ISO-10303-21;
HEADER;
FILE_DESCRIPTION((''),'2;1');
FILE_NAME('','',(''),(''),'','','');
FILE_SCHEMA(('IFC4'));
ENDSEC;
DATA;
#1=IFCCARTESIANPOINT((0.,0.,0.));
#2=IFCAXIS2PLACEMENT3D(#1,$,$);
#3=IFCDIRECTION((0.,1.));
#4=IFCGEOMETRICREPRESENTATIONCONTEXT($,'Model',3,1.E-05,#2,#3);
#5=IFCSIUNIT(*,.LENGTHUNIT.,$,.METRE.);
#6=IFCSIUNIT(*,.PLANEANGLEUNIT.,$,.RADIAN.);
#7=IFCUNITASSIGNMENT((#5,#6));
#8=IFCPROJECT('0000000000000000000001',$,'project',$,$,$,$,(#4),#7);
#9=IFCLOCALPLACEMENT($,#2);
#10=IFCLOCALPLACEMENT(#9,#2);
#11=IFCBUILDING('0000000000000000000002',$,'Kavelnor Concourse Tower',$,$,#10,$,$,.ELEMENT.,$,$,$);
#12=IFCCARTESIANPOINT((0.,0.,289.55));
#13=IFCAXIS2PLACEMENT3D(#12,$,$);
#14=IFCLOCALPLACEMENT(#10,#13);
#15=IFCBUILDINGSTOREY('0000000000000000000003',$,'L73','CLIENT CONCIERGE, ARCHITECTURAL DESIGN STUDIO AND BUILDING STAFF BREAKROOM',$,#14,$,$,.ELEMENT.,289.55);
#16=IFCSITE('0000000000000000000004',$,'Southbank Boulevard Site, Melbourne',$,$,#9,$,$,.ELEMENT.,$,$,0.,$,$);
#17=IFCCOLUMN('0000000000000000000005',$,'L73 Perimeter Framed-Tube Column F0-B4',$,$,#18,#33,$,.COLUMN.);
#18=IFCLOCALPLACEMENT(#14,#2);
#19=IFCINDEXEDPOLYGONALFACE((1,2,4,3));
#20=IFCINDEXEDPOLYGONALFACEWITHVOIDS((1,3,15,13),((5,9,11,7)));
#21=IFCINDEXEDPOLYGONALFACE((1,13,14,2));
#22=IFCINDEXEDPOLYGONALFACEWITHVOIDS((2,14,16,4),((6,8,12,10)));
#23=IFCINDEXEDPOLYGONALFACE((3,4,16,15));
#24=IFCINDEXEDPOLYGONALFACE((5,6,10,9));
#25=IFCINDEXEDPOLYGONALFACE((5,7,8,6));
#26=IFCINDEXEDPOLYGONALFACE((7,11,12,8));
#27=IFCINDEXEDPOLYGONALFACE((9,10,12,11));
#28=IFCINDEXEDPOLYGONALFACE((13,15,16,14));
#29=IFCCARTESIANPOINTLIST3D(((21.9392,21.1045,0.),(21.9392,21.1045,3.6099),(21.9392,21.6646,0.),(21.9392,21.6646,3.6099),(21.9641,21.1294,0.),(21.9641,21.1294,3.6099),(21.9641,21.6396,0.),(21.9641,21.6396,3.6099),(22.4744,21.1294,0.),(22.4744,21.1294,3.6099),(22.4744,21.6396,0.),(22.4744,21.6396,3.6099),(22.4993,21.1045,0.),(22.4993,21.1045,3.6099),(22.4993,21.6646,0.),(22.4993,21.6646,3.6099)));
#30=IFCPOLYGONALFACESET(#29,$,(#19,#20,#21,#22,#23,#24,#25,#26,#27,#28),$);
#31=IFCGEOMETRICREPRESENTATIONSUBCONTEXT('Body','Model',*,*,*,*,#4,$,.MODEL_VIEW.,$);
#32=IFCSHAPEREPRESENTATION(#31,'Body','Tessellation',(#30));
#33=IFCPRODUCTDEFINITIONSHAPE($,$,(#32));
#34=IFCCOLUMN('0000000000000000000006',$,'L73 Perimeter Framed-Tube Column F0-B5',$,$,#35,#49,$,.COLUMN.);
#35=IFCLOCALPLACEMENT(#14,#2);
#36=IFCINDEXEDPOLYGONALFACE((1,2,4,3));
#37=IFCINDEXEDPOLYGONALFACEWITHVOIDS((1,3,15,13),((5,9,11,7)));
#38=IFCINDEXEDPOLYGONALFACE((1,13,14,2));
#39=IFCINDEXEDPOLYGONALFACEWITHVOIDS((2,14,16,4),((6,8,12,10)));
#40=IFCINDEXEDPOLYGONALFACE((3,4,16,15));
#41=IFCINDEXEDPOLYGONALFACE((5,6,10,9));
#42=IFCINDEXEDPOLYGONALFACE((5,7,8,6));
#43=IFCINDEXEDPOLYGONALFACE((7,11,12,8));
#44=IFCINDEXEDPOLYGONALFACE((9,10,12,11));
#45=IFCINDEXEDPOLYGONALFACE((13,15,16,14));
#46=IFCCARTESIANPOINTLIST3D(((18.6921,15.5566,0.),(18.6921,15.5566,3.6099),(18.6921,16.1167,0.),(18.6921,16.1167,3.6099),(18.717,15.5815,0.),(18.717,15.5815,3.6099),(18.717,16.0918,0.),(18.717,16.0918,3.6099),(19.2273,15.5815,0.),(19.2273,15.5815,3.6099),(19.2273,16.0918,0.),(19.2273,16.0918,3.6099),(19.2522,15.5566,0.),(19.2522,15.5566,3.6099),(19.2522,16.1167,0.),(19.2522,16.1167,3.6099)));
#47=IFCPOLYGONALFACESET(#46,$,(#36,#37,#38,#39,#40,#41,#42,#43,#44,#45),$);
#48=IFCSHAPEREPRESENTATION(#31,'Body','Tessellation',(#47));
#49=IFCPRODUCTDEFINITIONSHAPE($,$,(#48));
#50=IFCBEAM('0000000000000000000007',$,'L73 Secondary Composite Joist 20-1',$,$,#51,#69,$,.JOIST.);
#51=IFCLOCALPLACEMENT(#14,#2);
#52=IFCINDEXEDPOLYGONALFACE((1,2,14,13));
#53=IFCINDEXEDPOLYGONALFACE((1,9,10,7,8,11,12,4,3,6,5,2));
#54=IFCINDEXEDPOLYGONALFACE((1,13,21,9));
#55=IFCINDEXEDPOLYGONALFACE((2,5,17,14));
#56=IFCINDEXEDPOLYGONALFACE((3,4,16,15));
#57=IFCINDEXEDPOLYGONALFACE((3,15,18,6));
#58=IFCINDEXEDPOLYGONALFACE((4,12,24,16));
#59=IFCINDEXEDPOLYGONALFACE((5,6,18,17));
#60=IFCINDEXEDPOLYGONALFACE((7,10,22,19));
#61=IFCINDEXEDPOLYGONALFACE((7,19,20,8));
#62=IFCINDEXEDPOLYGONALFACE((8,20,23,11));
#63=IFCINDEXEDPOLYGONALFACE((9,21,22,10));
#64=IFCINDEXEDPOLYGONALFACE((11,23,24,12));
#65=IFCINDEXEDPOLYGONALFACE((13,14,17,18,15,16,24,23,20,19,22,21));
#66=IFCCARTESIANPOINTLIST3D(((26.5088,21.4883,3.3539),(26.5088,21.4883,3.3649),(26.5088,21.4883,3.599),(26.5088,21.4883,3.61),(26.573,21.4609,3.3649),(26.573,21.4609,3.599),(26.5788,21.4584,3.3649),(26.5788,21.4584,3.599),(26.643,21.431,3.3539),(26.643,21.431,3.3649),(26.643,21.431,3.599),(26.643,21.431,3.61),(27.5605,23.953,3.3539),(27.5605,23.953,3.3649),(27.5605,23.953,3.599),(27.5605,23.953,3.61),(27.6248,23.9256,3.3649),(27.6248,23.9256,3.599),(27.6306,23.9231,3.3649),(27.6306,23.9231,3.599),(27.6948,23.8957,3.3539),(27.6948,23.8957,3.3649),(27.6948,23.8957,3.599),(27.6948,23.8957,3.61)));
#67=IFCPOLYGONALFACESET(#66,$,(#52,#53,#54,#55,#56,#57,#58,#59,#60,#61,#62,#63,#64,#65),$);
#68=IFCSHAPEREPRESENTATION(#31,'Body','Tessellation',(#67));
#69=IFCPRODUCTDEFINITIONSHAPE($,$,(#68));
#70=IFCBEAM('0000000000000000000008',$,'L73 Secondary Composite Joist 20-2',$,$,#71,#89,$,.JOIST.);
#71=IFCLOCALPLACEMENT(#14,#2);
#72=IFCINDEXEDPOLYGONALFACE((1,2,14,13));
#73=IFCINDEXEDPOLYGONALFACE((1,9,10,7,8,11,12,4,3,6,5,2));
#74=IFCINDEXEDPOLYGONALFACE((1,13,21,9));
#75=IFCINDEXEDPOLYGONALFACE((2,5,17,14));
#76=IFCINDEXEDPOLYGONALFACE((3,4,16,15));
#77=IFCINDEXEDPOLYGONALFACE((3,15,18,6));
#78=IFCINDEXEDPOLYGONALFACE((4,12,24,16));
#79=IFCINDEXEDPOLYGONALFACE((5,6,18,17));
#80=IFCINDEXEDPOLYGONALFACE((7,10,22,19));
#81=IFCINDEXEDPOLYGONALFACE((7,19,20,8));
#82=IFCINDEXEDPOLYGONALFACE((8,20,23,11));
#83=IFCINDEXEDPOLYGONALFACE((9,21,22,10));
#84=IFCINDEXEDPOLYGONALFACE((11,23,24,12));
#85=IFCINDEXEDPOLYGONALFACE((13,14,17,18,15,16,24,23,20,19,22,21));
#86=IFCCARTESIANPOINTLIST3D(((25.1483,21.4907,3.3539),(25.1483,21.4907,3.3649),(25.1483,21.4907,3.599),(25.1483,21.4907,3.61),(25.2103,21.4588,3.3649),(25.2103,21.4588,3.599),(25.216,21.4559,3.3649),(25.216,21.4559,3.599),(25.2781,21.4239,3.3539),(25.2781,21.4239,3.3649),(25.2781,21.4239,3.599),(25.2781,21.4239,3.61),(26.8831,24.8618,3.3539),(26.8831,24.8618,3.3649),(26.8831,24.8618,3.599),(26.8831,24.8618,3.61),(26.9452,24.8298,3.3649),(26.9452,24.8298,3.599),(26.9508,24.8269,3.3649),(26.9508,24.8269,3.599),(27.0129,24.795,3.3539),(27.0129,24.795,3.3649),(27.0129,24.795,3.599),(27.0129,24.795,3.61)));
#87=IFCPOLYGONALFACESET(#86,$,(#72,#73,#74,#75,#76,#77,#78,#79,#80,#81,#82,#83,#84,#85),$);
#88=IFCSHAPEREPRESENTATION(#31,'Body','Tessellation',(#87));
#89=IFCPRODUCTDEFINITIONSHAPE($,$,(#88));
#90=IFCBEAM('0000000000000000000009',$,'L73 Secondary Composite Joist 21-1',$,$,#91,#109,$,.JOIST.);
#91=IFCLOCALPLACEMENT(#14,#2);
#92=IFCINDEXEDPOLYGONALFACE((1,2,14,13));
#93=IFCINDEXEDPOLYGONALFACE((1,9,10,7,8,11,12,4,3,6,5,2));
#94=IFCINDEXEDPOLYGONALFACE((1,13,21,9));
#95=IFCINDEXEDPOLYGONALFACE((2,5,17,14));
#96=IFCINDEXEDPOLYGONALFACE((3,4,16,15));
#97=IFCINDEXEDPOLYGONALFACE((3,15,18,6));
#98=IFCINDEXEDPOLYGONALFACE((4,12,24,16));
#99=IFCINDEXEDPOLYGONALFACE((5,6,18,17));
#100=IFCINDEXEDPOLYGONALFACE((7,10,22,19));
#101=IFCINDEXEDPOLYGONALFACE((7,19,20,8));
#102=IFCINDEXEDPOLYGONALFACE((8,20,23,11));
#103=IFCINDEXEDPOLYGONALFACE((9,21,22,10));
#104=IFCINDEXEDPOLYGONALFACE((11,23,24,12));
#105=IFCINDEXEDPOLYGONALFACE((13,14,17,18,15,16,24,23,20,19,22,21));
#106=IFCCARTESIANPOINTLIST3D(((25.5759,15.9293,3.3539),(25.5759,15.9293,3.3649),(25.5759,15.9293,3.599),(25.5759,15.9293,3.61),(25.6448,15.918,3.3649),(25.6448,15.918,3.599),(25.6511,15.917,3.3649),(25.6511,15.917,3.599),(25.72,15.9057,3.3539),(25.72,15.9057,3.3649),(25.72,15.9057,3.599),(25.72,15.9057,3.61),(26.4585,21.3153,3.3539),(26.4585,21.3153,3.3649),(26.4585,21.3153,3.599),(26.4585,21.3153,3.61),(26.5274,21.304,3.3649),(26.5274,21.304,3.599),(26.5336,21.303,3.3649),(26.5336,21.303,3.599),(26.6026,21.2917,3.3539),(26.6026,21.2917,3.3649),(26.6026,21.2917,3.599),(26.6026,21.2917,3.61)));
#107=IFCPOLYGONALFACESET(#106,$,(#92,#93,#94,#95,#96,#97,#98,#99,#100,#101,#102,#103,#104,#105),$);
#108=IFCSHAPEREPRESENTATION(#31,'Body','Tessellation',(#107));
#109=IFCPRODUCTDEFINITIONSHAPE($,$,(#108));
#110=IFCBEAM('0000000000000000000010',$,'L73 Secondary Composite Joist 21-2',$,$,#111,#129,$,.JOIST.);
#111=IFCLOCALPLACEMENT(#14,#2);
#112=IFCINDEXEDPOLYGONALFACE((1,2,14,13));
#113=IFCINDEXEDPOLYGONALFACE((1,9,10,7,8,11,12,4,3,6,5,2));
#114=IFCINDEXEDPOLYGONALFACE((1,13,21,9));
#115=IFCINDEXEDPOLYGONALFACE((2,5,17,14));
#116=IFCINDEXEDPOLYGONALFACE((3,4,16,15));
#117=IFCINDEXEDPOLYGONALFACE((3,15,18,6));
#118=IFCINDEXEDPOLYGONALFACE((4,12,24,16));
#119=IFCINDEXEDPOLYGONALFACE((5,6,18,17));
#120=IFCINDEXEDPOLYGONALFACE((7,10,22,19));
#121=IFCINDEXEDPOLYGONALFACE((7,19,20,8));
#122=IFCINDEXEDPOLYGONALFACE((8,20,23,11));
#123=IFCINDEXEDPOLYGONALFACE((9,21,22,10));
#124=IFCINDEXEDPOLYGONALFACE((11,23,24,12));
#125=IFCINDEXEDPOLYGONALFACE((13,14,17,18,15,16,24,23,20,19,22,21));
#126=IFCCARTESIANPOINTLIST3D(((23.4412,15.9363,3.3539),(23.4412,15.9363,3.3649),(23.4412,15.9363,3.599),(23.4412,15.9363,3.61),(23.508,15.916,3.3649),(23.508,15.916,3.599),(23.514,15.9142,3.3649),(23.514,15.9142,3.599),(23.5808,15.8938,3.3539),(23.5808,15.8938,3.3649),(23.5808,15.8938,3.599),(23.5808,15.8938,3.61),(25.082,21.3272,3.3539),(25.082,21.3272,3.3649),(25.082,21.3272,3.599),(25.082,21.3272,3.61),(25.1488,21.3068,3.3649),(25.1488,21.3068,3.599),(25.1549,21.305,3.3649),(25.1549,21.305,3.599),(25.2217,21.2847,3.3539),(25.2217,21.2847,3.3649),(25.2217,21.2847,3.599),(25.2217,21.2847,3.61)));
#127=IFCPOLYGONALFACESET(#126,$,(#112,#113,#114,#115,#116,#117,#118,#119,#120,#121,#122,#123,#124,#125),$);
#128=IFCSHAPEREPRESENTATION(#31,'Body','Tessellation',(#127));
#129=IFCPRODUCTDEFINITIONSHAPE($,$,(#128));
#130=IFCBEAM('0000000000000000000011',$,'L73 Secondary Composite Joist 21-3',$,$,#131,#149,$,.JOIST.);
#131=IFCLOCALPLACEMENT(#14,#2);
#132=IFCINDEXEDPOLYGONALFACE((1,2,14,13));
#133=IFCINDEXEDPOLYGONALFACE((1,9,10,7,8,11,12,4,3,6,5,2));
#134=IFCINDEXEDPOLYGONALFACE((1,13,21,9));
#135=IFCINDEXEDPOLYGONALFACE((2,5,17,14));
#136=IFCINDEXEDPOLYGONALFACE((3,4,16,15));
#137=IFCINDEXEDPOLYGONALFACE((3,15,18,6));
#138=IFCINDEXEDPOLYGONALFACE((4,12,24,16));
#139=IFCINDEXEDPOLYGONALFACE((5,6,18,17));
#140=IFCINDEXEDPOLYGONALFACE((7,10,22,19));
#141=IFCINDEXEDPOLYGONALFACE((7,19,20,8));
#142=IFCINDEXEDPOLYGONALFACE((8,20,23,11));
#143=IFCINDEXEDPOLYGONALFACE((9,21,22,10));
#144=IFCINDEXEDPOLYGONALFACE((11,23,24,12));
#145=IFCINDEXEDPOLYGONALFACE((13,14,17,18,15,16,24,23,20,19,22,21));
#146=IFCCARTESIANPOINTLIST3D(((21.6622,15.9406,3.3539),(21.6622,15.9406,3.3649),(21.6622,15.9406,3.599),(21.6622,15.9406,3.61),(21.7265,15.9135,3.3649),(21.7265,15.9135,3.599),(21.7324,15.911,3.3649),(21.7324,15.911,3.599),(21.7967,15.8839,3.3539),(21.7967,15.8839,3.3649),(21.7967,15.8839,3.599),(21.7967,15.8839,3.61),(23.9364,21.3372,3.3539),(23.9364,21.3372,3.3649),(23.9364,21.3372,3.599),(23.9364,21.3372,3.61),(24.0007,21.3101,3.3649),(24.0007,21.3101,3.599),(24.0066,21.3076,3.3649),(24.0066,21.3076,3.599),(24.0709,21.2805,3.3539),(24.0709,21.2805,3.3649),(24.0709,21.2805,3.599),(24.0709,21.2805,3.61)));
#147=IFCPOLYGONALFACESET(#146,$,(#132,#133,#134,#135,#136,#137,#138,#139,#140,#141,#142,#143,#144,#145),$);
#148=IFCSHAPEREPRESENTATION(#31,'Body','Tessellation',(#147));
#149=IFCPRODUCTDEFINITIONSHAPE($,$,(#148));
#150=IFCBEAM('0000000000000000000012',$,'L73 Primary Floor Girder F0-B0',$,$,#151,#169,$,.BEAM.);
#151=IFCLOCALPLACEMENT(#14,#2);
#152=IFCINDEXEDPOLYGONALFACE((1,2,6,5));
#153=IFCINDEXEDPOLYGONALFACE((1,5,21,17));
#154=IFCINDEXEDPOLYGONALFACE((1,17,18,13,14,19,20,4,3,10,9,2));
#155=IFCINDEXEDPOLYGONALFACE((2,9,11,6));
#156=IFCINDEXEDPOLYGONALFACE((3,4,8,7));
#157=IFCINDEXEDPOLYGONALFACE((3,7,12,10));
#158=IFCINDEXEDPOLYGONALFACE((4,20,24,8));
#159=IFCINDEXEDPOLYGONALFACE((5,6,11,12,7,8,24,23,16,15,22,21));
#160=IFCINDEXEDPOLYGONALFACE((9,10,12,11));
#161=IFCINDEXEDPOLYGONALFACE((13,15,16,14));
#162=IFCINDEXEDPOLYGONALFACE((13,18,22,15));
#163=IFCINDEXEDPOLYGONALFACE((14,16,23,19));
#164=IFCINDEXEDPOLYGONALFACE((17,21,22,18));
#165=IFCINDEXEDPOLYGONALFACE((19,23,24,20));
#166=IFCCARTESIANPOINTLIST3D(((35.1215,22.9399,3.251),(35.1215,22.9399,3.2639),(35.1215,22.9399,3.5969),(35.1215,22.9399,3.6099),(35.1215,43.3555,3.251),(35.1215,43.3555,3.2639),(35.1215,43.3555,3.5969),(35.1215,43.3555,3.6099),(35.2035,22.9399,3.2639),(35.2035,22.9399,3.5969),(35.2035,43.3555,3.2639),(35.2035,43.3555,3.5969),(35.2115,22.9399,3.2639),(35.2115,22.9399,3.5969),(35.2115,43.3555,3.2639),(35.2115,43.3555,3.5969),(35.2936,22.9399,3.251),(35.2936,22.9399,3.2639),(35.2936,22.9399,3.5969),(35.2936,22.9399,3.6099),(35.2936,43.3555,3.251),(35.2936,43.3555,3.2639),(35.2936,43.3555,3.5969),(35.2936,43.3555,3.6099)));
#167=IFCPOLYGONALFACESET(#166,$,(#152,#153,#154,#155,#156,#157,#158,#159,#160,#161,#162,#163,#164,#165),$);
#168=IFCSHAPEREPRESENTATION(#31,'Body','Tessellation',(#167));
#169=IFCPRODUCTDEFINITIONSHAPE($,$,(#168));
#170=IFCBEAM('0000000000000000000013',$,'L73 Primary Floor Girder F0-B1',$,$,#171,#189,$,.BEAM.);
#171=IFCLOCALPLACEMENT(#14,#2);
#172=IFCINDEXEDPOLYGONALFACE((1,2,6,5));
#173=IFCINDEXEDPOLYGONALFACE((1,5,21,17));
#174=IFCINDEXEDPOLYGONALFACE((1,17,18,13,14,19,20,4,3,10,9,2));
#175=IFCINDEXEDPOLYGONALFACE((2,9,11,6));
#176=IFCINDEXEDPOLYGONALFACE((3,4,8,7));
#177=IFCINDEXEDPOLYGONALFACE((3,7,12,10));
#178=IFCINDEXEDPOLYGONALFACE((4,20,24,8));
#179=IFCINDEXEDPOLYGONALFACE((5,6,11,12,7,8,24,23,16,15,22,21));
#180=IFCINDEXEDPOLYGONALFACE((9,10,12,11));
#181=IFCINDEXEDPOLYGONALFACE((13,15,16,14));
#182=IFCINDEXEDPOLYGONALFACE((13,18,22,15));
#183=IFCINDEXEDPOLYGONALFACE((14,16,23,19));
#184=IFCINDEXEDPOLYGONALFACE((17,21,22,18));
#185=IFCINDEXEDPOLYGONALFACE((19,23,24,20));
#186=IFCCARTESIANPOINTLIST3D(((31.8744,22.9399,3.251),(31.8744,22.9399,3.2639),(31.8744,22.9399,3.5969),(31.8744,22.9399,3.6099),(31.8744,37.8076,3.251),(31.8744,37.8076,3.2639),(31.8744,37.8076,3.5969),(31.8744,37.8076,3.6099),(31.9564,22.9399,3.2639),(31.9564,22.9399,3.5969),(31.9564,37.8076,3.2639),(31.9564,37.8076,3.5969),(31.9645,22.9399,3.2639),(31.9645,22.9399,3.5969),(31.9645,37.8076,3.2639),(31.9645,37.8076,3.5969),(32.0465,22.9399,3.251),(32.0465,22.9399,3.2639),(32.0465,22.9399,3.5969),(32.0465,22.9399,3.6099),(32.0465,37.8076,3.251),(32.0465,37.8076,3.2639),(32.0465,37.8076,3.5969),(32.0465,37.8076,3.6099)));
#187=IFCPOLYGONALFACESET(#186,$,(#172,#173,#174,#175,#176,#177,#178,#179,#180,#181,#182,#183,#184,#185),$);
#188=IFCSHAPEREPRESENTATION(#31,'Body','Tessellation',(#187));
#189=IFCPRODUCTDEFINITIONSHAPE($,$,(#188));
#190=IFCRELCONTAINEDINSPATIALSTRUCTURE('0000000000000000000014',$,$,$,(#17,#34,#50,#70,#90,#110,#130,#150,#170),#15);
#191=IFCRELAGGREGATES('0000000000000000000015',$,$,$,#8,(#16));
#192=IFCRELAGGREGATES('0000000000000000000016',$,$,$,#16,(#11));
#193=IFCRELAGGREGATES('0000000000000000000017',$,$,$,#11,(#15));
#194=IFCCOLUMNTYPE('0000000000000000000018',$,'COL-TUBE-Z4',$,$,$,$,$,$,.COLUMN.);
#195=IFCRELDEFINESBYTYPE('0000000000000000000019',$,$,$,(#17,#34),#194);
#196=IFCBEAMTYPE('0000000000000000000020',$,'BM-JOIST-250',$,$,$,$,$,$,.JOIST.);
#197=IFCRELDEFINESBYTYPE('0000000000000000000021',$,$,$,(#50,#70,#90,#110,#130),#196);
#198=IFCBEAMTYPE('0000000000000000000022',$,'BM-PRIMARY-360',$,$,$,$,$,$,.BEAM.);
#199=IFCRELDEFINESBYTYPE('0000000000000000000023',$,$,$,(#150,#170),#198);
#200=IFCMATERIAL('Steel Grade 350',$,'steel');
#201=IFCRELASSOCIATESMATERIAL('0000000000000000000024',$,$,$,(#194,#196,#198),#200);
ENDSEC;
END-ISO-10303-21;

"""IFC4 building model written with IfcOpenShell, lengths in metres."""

from ifc_helpers import new_model, si_unit, direction, frame, origin, origin_2d, place, context, subcontext, project, spatial, hollow_rectangle, i_section, extrude, material, material_profile, profile_set, type_object, element, save


model = new_model("IFC4")

# Units and contexts
model_context = context("Model", 3, precision=1e-05, world=origin(), true_north=direction((0.0, 1.0)))
body_context = subcontext(model_context, "Body", "Model", "MODEL_VIEW")
ifc_project = project(units=[si_unit("LENGTHUNIT", "METRE"), si_unit("PLANEANGLEUNIT", "RADIAN")], contexts=[model_context])

# Site, building, storey
site_placement = place(None, origin())
site = spatial("IfcSite", under=ifc_project, at=site_placement, Name="Southbank Boulevard Site, Melbourne", CompositionType="ELEMENT", RefElevation=0.0)
building_placement = place(site_placement, origin())
building = spatial("IfcBuilding", under=site, at=building_placement, Name="Kavelnor Concourse Tower", CompositionType="ELEMENT")
storey_placement = place(building_placement, frame((0.0, 0.0, 289.55)))
storey = spatial("IfcBuildingStorey", under=building, at=storey_placement, Name="L73", Description="CLIENT CONCIERGE, ARCHITECTURAL DESIGN STUDIO AND BUILDING STAFF BREAKROOM", CompositionType="ELEMENT", Elevation=289.55)

# Columns
ifc_material_1 = material(Name="Steel Grade 350", Category="steel")
ifc_material_profile_1 = material_profile(ifc_material_1, hollow_rectangle(XDim=0.5601, YDim=0.5601, WallThickness=0.0249, at=origin_2d()), Name="SHS 560x560x25")
ifc_profile_set_1 = profile_set([ifc_material_profile_1], Name="Steel Grade 350")
column_type = type_object("IfcColumnType", Name="COL-TUBE-Z4", PredefinedType="COLUMN", material=ifc_profile_set_1)
for number, where, z_axis, x_axis, name in (
    (1, (22.2192, 21.3845, 0.0), (0.0, 0.0, 1.0), (1.0, 0.0, 0.0), "L73 Perimeter Framed-Tube Column F0-B4"),
    (2, (18.9722, 15.8367, 0.0), (0.0, 0.0, 1.0), (1.0, 0.0, 0.0), "L73 Perimeter Framed-Tube Column F0-B5"),
):
    element("IfcColumn", number, at=place(storey_placement, frame(where, z_axis=z_axis, x_axis=x_axis)), inside=storey, type_object=column_type, Name=name, PredefinedType="COLUMN", context=body_context, shape_type="SweptSolid", body=[
        extrude(hollow_rectangle(XDim=0.5601, YDim=0.5601, WallThickness=0.0249, at=origin_2d()), origin(), (0.0, 0.0, 1.0), 3.6099),
    ])

# Beams
ifc_material_profile_2 = material_profile(ifc_material_1, i_section(OverallWidth=0.146, OverallDepth=0.2561, WebThickness=0.0063, FlangeThickness=0.011, at=origin_2d()), Name="250UB37")
ifc_profile_set_2 = profile_set([ifc_material_profile_2], Name="Steel Grade 350")
beam_type_1 = type_object("IfcBeamType", Name="BM-JOIST-250", PredefinedType="JOIST", material=ifc_profile_set_2)
beam_1_placement = place(storey_placement, frame((27.6277, 23.9243, 3.4819), z_axis=(-0.3925, -0.919752, 0.0), x_axis=(0.919752, -0.3925, 0.0)))
element("IfcBeam", 3, at=beam_1_placement, inside=storey, type_object=beam_type_1, Name="L73 Secondary Composite Joist 20-1", PredefinedType="JOIST", context=body_context, shape_type="SweptSolid", body=[
    extrude(i_section(OverallWidth=0.146, OverallDepth=0.2561, WebThickness=0.0063, FlangeThickness=0.011, at=origin_2d()), origin(), (0.0, 0.0, 1.0), 2.6797),
])
beam_2_placement = place(storey_placement, frame((26.948, 24.8284, 3.4819), z_axis=(-0.45759, -0.889164, 0.0), x_axis=(0.889164, -0.45759, 0.0)))
element("IfcBeam", 4, at=beam_2_placement, inside=storey, type_object=beam_type_1, Name="L73 Secondary Composite Joist 20-2", PredefinedType="JOIST", context=body_context, shape_type="SweptSolid", body=[
    extrude(i_section(OverallWidth=0.146, OverallDepth=0.2561, WebThickness=0.0063, FlangeThickness=0.011, at=origin_2d()), origin(), (0.0, 0.0, 1.0), 3.7913),
])
beam_3_placement = place(storey_placement, frame((26.5305, 21.3035, 3.4819), z_axis=(-0.161707, -0.986839, 0.0), x_axis=(0.986839, -0.161707, 0.0)))
element("IfcBeam", 5, at=beam_3_placement, inside=storey, type_object=beam_type_1, Name="L73 Secondary Composite Joist 21-1", PredefinedType="JOIST", context=body_context, shape_type="SweptSolid", body=[
    extrude(i_section(OverallWidth=0.146, OverallDepth=0.2561, WebThickness=0.0063, FlangeThickness=0.011, at=origin_2d()), origin(), (0.0, 0.0, 1.0), 5.4578),
])
beam_4_placement = place(storey_placement, frame((25.1519, 21.3059, 3.4819), z_axis=(-0.291189, -0.956665, 0.0), x_axis=(0.956665, -0.291189, 0.0)))
element("IfcBeam", 6, at=beam_4_placement, inside=storey, type_object=beam_type_1, Name="L73 Secondary Composite Joist 21-2", PredefinedType="JOIST", context=body_context, shape_type="SweptSolid", body=[
    extrude(i_section(OverallWidth=0.146, OverallDepth=0.2561, WebThickness=0.0063, FlangeThickness=0.011, at=origin_2d()), origin(), (0.0, 0.0, 1.0), 5.635),
])
beam_5_placement = place(storey_placement, frame((24.0037, 21.3088, 3.4819), z_axis=(-0.388342, -0.921515, 0.0), x_axis=(0.921515, -0.388342, 0.0)))
element("IfcBeam", 7, at=beam_5_placement, inside=storey, type_object=beam_type_1, Name="L73 Secondary Composite Joist 21-3", PredefinedType="JOIST", context=body_context, shape_type="SweptSolid", body=[
    extrude(i_section(OverallWidth=0.146, OverallDepth=0.2561, WebThickness=0.0063, FlangeThickness=0.011, at=origin_2d()), origin(), (0.0, 0.0, 1.0), 5.8562),
])
ifc_material_profile_3 = material_profile(ifc_material_1, i_section(OverallWidth=0.1721, OverallDepth=0.3589, WebThickness=0.0081, FlangeThickness=0.0129, at=origin_2d()), Name="360UB56")
ifc_profile_set_3 = profile_set([ifc_material_profile_3], Name="Steel Grade 350")
beam_type_2 = type_object("IfcBeamType", Name="BM-PRIMARY-360", PredefinedType="BEAM", material=ifc_profile_set_3)
beam_6_placement = place(storey_placement, frame((35.2075, 22.9399, 3.4304), z_axis=(0.0, 1.0, 0.0), x_axis=(-1.0, 0.0, 0.0)))
element("IfcBeam", 8, at=beam_6_placement, inside=storey, type_object=beam_type_2, Name="L73 Primary Floor Girder F0-B0", PredefinedType="BEAM", context=body_context, shape_type="SweptSolid", body=[
    extrude(i_section(OverallWidth=0.1721, OverallDepth=0.3589, WebThickness=0.0081, FlangeThickness=0.0129, at=origin_2d()), origin(), (0.0, 0.0, 1.0), 20.4155),
])
beam_7_placement = place(storey_placement, frame((31.9604, 22.9399, 3.4304), z_axis=(0.0, 1.0, 0.0), x_axis=(-1.0, 0.0, 0.0)))
element("IfcBeam", 9, at=beam_7_placement, inside=storey, type_object=beam_type_2, Name="L73 Primary Floor Girder F0-B1", PredefinedType="BEAM", context=body_context, shape_type="SweptSolid", body=[
    extrude(i_section(OverallWidth=0.1721, OverallDepth=0.3589, WebThickness=0.0081, FlangeThickness=0.0129, at=origin_2d()), origin(), (0.0, 0.0, 1.0), 14.8677),
])

save(model, "model.ifc")
